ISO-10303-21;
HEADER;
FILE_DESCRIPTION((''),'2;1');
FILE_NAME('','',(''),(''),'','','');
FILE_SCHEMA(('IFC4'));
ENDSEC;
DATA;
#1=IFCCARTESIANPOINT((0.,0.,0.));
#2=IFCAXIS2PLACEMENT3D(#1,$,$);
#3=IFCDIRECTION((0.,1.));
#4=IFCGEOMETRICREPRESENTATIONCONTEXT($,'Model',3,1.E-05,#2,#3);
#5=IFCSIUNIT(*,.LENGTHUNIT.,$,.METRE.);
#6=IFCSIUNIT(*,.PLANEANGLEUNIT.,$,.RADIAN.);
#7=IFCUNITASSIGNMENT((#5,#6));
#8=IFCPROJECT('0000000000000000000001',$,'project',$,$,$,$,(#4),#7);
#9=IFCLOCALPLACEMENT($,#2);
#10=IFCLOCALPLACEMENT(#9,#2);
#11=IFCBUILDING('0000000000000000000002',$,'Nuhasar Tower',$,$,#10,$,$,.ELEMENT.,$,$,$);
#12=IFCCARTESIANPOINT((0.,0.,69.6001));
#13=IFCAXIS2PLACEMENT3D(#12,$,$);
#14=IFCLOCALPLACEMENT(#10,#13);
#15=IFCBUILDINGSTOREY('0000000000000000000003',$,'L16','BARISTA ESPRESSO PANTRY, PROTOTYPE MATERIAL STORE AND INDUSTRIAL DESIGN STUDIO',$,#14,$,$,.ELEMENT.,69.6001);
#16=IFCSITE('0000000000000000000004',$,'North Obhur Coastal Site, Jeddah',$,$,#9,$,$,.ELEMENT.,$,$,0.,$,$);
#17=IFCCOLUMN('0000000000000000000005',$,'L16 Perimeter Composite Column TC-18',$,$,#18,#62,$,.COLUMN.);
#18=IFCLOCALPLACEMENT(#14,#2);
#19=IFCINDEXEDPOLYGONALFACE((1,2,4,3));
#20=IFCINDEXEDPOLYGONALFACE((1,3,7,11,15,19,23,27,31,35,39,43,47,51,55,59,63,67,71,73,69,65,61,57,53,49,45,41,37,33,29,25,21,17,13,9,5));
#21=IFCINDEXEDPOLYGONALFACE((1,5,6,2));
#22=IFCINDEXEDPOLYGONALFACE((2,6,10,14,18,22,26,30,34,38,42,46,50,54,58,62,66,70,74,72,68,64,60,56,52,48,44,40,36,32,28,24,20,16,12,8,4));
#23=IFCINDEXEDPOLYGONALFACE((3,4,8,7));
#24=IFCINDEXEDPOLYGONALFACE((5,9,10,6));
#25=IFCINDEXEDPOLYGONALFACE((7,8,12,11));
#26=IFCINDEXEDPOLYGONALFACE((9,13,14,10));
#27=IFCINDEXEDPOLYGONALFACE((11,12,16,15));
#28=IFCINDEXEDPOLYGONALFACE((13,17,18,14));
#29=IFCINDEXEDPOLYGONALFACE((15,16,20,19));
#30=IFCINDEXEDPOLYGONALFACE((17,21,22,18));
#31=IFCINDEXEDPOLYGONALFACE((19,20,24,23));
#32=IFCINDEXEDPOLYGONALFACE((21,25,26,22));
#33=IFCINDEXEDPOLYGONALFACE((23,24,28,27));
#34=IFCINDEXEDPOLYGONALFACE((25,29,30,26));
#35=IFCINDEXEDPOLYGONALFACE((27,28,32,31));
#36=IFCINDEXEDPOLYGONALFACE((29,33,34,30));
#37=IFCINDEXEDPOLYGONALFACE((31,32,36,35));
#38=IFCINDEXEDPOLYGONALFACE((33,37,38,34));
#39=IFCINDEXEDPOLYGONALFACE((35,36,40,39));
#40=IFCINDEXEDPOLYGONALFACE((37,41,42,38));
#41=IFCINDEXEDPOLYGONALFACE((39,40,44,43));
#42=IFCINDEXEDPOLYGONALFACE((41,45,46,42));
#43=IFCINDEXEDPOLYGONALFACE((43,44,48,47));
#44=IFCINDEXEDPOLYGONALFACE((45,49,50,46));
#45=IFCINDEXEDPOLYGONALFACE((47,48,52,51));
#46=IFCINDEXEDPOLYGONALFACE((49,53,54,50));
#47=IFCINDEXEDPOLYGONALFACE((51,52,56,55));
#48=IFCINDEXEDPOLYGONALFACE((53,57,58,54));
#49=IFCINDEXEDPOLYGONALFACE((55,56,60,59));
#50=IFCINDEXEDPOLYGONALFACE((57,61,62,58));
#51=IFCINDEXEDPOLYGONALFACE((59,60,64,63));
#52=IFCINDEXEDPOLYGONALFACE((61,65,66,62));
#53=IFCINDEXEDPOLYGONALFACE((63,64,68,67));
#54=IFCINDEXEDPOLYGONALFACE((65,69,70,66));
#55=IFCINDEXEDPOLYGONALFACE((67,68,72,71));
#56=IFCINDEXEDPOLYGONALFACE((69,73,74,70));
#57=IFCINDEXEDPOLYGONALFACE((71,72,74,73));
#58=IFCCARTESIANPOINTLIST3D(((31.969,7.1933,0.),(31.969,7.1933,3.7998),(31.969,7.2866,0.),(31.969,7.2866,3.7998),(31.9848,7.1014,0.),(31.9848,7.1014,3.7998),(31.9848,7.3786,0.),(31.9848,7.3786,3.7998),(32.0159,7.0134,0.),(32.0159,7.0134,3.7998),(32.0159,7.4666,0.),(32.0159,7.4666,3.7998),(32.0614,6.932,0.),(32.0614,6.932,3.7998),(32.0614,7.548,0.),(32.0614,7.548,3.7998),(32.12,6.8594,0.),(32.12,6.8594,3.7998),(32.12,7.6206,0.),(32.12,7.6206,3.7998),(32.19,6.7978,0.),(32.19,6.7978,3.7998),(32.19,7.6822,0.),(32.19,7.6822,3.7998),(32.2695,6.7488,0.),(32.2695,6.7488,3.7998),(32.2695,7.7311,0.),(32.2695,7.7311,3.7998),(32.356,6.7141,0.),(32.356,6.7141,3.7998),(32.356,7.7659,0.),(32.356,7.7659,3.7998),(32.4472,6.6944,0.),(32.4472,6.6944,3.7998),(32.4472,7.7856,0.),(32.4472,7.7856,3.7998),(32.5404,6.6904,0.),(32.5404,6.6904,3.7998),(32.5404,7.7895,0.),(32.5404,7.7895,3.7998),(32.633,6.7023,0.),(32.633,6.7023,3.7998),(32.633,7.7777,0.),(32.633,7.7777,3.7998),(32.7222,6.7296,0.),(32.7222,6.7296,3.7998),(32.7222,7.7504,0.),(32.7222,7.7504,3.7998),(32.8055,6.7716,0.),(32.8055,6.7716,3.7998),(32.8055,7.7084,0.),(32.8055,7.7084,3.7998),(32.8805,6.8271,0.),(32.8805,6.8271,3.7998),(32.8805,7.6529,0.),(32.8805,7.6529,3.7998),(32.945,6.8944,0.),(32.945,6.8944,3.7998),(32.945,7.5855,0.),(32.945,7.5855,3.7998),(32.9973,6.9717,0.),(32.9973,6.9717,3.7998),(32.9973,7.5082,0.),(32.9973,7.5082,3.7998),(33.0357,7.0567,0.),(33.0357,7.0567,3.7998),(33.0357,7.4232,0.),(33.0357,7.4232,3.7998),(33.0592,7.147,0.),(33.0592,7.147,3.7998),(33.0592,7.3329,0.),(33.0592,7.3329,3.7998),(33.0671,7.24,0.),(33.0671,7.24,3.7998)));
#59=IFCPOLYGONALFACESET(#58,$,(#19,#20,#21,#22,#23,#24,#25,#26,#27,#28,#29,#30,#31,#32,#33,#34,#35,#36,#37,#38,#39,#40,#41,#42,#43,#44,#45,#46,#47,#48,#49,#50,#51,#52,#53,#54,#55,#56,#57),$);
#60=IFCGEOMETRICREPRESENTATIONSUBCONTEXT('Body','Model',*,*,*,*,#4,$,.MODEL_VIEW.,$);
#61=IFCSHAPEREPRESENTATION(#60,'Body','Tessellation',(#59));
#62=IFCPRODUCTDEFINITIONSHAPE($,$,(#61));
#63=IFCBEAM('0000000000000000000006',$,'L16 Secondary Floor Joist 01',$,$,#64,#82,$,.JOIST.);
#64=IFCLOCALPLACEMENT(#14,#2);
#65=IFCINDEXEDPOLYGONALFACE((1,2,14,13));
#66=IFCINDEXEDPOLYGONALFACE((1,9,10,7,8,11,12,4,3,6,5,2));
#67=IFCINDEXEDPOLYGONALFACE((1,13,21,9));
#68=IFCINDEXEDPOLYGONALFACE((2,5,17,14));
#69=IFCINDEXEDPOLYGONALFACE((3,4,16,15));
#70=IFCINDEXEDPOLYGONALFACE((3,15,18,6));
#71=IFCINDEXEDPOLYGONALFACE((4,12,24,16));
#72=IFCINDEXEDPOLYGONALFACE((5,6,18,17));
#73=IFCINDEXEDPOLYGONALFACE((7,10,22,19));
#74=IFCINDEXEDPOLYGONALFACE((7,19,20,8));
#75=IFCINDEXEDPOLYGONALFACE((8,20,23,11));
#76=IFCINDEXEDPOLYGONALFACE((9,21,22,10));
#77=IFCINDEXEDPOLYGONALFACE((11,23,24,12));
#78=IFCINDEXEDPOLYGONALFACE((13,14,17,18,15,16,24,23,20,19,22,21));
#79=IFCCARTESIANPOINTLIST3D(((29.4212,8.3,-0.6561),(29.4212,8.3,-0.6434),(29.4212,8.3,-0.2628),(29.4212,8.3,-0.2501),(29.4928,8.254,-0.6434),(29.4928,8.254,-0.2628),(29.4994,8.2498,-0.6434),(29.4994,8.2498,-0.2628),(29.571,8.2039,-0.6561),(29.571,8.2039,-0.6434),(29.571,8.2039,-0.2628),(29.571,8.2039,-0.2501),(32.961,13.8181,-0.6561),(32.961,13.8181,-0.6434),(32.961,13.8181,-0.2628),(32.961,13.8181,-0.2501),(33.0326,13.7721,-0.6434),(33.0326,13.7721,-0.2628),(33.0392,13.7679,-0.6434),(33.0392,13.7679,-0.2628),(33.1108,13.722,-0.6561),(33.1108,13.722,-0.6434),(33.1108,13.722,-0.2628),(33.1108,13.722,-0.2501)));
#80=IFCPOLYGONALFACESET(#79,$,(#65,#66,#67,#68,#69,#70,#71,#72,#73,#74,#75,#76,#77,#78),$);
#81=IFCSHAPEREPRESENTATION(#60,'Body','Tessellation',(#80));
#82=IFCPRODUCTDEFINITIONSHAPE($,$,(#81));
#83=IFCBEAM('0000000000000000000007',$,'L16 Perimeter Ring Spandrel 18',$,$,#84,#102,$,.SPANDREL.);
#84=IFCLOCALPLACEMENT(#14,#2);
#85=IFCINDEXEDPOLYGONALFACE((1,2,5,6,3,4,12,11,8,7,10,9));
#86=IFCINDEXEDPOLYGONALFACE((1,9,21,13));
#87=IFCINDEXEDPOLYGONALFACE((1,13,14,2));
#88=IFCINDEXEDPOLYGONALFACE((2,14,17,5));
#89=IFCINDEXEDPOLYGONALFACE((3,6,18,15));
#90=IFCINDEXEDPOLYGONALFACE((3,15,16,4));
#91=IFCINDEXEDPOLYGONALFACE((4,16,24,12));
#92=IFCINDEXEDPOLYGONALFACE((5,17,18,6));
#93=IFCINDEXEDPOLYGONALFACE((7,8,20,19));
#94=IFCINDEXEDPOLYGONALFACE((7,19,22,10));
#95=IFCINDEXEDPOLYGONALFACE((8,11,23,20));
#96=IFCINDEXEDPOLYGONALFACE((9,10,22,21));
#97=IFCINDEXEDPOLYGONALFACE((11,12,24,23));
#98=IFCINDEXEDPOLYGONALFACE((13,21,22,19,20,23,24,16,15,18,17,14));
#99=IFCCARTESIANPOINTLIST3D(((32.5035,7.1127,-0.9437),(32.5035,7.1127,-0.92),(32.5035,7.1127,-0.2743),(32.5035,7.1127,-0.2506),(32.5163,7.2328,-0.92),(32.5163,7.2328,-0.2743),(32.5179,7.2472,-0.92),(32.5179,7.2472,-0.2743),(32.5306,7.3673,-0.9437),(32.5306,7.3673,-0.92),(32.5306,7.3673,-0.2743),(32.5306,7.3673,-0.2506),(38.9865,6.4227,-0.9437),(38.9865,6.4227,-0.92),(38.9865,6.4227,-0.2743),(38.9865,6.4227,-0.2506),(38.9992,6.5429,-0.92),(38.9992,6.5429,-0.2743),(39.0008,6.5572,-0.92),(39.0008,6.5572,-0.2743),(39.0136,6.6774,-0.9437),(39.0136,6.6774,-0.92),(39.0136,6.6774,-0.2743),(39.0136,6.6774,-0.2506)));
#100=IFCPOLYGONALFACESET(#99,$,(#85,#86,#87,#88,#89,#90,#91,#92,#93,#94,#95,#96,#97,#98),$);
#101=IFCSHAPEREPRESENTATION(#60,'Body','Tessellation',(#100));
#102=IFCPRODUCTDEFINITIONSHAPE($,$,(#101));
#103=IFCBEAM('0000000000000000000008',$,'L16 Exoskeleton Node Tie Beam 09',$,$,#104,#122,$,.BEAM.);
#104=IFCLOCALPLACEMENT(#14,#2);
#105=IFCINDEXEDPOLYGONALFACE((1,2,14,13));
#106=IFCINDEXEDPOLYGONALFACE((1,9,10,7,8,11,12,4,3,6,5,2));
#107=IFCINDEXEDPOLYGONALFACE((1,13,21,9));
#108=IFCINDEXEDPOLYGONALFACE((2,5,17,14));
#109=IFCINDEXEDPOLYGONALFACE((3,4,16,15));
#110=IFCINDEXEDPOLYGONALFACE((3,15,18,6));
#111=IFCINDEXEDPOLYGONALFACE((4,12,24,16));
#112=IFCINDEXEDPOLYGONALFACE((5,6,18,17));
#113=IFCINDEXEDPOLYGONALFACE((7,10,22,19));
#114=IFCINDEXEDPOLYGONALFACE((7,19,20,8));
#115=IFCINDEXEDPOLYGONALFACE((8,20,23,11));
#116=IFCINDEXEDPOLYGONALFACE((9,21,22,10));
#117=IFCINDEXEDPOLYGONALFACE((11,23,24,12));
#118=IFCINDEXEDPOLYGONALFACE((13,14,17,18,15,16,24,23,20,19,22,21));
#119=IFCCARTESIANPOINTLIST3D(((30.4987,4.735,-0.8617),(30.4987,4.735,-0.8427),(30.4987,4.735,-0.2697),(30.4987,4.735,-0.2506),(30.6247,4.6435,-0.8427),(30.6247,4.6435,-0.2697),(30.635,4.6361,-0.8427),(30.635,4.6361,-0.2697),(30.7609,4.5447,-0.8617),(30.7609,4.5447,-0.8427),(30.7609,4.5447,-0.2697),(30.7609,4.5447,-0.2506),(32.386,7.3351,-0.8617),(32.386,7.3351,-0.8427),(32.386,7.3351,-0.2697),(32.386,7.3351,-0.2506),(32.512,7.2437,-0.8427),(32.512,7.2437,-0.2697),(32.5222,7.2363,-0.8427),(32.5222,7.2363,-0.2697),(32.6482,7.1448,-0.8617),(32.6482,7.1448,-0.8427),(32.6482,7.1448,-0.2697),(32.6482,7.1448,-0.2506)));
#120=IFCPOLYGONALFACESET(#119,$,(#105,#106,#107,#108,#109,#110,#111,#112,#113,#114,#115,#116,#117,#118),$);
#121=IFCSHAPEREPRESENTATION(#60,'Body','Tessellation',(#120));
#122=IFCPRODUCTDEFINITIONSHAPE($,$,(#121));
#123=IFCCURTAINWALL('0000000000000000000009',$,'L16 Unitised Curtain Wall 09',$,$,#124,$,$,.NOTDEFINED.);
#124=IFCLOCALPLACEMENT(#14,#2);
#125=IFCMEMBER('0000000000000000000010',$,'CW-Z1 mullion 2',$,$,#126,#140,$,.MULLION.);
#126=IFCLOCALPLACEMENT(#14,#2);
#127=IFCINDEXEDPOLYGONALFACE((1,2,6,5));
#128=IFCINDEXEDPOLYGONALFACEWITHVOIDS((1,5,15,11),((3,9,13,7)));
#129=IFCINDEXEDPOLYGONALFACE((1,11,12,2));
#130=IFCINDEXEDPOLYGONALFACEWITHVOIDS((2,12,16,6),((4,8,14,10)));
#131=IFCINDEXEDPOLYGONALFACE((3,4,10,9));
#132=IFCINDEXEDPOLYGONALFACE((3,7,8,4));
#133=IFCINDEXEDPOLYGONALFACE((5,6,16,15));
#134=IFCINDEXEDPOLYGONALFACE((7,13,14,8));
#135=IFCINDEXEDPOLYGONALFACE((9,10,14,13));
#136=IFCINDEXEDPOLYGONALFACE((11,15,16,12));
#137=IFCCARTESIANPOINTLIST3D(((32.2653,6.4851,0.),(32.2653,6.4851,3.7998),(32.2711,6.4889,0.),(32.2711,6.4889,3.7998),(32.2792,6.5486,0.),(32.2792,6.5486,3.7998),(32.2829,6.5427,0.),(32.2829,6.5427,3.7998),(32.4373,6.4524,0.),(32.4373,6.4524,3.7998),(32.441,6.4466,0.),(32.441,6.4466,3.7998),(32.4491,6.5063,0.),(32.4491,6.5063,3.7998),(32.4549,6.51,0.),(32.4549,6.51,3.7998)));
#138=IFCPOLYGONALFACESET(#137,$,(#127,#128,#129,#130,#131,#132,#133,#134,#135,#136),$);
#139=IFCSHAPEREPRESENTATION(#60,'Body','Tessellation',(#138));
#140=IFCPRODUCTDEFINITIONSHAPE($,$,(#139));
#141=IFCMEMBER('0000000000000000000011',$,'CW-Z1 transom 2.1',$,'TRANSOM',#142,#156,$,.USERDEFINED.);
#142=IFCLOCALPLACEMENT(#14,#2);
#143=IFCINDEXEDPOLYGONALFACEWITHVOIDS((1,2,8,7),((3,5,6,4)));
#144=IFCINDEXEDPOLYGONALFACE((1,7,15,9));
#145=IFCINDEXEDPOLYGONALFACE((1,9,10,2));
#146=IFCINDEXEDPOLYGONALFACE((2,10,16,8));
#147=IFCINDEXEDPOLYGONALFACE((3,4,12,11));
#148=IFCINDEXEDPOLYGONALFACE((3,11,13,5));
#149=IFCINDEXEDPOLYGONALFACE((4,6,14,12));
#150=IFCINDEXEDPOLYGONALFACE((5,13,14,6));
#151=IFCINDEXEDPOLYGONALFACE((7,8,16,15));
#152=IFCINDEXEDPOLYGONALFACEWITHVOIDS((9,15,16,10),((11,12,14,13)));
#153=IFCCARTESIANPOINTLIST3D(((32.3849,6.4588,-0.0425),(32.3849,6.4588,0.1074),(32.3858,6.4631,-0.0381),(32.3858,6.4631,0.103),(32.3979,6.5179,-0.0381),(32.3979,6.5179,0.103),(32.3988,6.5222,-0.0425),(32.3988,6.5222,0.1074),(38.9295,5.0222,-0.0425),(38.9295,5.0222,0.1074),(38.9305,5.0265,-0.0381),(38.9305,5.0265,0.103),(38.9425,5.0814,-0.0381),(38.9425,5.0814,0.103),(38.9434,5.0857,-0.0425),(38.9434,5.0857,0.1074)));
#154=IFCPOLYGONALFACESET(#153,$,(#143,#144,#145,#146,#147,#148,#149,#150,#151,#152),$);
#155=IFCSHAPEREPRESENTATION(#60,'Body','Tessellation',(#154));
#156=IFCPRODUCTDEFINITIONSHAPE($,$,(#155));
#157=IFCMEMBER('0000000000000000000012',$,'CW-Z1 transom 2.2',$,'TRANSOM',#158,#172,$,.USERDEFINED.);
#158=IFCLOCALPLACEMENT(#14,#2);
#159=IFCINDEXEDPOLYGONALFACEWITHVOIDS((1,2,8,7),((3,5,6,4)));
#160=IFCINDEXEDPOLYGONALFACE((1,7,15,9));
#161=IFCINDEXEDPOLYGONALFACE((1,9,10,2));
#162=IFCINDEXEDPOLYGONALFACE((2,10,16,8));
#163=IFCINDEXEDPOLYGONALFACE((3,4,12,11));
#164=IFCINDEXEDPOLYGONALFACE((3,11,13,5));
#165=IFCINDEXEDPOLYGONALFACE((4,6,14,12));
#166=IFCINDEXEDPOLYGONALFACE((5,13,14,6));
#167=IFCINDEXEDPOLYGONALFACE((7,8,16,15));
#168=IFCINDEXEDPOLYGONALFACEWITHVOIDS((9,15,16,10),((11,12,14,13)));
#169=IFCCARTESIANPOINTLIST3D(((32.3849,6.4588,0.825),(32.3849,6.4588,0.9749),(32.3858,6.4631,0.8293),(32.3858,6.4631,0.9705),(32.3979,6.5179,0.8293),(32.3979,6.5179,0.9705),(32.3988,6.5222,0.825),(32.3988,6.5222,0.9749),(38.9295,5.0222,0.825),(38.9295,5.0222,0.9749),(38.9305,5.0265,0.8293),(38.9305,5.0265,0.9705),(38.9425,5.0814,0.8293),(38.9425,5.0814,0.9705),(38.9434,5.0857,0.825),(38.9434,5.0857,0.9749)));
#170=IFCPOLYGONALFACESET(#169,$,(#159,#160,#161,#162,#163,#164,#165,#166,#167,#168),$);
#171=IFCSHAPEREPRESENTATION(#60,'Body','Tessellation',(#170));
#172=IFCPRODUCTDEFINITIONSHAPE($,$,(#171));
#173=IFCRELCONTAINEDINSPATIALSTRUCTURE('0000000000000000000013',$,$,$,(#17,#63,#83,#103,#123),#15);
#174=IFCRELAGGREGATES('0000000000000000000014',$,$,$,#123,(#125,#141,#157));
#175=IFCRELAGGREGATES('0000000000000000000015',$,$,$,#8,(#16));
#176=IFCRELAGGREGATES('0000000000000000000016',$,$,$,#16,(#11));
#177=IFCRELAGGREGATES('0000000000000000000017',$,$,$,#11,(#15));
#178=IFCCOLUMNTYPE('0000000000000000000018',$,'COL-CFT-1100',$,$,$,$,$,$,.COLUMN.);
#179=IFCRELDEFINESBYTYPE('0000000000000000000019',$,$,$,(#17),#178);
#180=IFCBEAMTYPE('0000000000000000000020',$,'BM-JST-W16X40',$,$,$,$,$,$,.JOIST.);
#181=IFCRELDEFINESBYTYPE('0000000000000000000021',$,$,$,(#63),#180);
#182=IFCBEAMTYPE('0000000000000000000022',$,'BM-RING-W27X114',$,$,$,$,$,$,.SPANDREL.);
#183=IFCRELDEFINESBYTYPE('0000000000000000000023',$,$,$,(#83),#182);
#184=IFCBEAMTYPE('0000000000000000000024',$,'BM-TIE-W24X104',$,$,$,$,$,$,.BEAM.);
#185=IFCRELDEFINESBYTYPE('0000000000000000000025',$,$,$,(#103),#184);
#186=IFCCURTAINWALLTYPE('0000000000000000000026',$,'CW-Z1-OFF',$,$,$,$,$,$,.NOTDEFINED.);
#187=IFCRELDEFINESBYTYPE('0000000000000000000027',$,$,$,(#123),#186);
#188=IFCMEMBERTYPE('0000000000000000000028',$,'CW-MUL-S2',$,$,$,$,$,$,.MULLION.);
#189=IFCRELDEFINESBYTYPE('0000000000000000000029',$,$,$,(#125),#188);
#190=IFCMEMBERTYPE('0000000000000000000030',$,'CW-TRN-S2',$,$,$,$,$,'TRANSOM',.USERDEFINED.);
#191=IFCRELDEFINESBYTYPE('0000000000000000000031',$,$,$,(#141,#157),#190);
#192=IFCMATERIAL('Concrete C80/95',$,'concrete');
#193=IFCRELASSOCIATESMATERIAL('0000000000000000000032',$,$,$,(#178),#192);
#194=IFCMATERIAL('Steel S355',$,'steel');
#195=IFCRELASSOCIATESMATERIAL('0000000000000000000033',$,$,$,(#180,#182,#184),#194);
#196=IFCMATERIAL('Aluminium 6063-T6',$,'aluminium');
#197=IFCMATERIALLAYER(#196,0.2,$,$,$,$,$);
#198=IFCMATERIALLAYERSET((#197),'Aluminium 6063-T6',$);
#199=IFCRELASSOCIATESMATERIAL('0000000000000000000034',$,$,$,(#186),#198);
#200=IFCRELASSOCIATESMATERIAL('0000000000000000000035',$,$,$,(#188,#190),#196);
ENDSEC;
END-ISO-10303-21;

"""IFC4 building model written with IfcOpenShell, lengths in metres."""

from ifc_helpers import new_model, si_unit, direction, frame, origin, origin_2d, place, context, subcontext, project, spatial, hollow_rectangle, circle, i_section, extrude, material, layer, layer_set, material_profile, profile_set, type_object, element, aggregate, save


model = new_model("IFC4")

# Units and contexts
model_context = context("Model", 3, precision=1e-05, world=origin(), true_north=direction((0.0, 1.0)))
body_context = subcontext(model_context, "Body", "Model", "MODEL_VIEW")
ifc_project = project(units=[si_unit("LENGTHUNIT", "METRE"), si_unit("PLANEANGLEUNIT", "RADIAN")], contexts=[model_context])

# Site, building, storey
site_placement = place(None, origin())
site = spatial("IfcSite", under=ifc_project, at=site_placement, Name="North Obhur Coastal Site, Jeddah", CompositionType="ELEMENT", RefElevation=0.0)
building_placement = place(site_placement, origin())
building = spatial("IfcBuilding", under=site, at=building_placement, Name="Nuhasar Tower", CompositionType="ELEMENT")
storey_placement = place(building_placement, frame((0.0, 0.0, 69.6001)))
storey = spatial("IfcBuildingStorey", under=building, at=storey_placement, Name="L16", Description="BARISTA ESPRESSO PANTRY, PROTOTYPE MATERIAL STORE AND INDUSTRIAL DESIGN STUDIO", CompositionType="ELEMENT", Elevation=69.6001)

# Column
ifc_material_1 = material(Name="Concrete C80/95", Category="concrete")
ifc_material_profile_1 = material_profile(ifc_material_1, circle(Radius=0.55, at=origin_2d()), Name="CFT1100")
ifc_profile_set_1 = profile_set([ifc_material_profile_1], Name="Concrete C80/95")
column_type = type_object("IfcColumnType", Name="COL-CFT-1100", PredefinedType="COLUMN", material=ifc_profile_set_1)
column_placement = place(storey_placement, frame((32.5171, 7.24, 0.0), z_axis=(0.0, 0.0, 1.0), x_axis=(1.0, 0.0, 0.0)))
element("IfcColumn", 1, at=column_placement, inside=storey, type_object=column_type, Name="L16 Perimeter Composite Column TC-18", PredefinedType="COLUMN", context=body_context, shape_type="SweptSolid", body=[
    extrude(circle(Radius=0.55, at=origin_2d()), origin(), (0.0, 0.0, 1.0), 3.7998),
])

# Beams
ifc_material_2 = material(Name="Steel S355", Category="steel")
ifc_material_profile_2 = material_profile(ifc_material_2, i_section(OverallWidth=0.178, OverallDepth=0.406, WebThickness=0.0078, FlangeThickness=0.0127, at=origin_2d()), Name="W16X40")
ifc_profile_set_2 = profile_set([ifc_material_profile_2], Name="Steel S355")
beam_type_1 = type_object("IfcBeamType", Name="BM-JST-W16X40", PredefinedType="JOIST", material=ifc_profile_set_2)
beam_1_placement = place(storey_placement, frame((33.0359, 13.77, -0.4531), z_axis=(-0.539944, -0.841701, 0.0), x_axis=(0.841701, -0.539944, 0.0)))
element("IfcBeam", 2, at=beam_1_placement, inside=storey, type_object=beam_type_1, Name="L16 Secondary Floor Joist 01", PredefinedType="JOIST", context=body_context, shape_type="SweptSolid", body=[
    extrude(i_section(OverallWidth=0.178, OverallDepth=0.406, WebThickness=0.0078, FlangeThickness=0.0127, at=origin_2d()), origin(), (0.0, 0.0, 1.0), 6.5559),
])
ifc_material_profile_3 = material_profile(ifc_material_2, i_section(OverallWidth=0.2561, OverallDepth=0.6931, WebThickness=0.0144, FlangeThickness=0.0237, at=origin_2d()), Name="W27X114")
ifc_profile_set_3 = profile_set([ifc_material_profile_3], Name="Steel S355")
beam_type_2 = type_object("IfcBeamType", Name="BM-RING-W27X114", PredefinedType="SPANDREL", material=ifc_profile_set_3)
beam_2_placement = place(storey_placement, frame((32.5171, 7.24, -0.5972), z_axis=(0.994385, -0.105827, 0.0), x_axis=(0.105827, 0.994385, 0.0)))
element("IfcBeam", 3, at=beam_2_placement, inside=storey, type_object=beam_type_2, Name="L16 Perimeter Ring Spandrel 18", PredefinedType="SPANDREL", context=body_context, shape_type="SweptSolid", body=[
    extrude(i_section(OverallWidth=0.2561, OverallDepth=0.6931, WebThickness=0.0144, FlangeThickness=0.0237, at=origin_2d()), origin(), (0.0, 0.0, 1.0), 6.5195),
])
ifc_material_profile_4 = material_profile(ifc_material_2, i_section(OverallWidth=0.324, OverallDepth=0.6111, WebThickness=0.0127, FlangeThickness=0.019, at=origin_2d()), Name="W24X104")
ifc_profile_set_4 = profile_set([ifc_material_profile_4], Name="Steel S355")
beam_type_3 = type_object("IfcBeamType", Name="BM-TIE-W24X104", PredefinedType="BEAM", material=ifc_profile_set_4)
beam_3_placement = place(storey_placement, frame((32.5171, 7.24, -0.5562), z_axis=(-0.587403, -0.809294, 0.0), x_axis=(0.809294, -0.587403, 0.0)))
element("IfcBeam", 4, at=beam_3_placement, inside=storey, type_object=beam_type_3, Name="L16 Exoskeleton Node Tie Beam 09", PredefinedType="BEAM", context=body_context, shape_type="SweptSolid", body=[
    extrude(i_section(OverallWidth=0.324, OverallDepth=0.6111, WebThickness=0.0127, FlangeThickness=0.019, at=origin_2d()), origin(), (0.0, 0.0, 1.0), 3.2129),
])

# Curtain wall, members
ifc_material_3 = material(Name="Aluminium 6063-T6", Category="aluminium")
ifc_layer_1 = layer(ifc_material_3, 0.2)
ifc_layer_set_1 = layer_set([ifc_layer_1], Name="Aluminium 6063-T6")
curtain_wall_type = type_object("IfcCurtainWallType", Name="CW-Z1-OFF", PredefinedType="NOTDEFINED", material=ifc_layer_set_1)
curtain_wall_placement = place(storey_placement, origin())
curtain_wall = element("IfcCurtainWall", 5, at=curtain_wall_placement, inside=storey, type_object=curtain_wall_type, Name="L16 Unitised Curtain Wall 09", PredefinedType="NOTDEFINED")
ifc_material_profile_5 = material_profile(ifc_material_3, hollow_rectangle(XDim=0.0649, YDim=0.1799, WallThickness=0.0049, at=origin_2d()), Name="CWM-2")
ifc_profile_set_5 = profile_set([ifc_material_profile_5], Name="Aluminium 6063-T6")
member_type_1 = type_object("IfcMemberType", Name="CW-MUL-S2", PredefinedType="MULLION", material=ifc_profile_set_5)
member_1_placement = place(storey_placement, frame((32.3601, 6.4976, 0.0), z_axis=(0.0, 0.0, 1.0), x_axis=(0.214399, 0.976746, 0.0)))
member_1 = element("IfcMember", 6, at=member_1_placement, type_object=member_type_1, Name="CW-Z1 mullion 2", PredefinedType="MULLION", context=body_context, shape_type="SweptSolid", body=[
    extrude(hollow_rectangle(XDim=0.0649, YDim=0.1799, WallThickness=0.0049, at=origin_2d()), origin(), (0.0, 0.0, 1.0), 3.7998),
])
ifc_material_profile_6 = material_profile(ifc_material_3, hollow_rectangle(XDim=0.0649, YDim=0.1499, WallThickness=0.0044, at=origin_2d()), Name="CWT-2")
ifc_profile_set_6 = profile_set([ifc_material_profile_6], Name="Aluminium 6063-T6")
member_type_2 = type_object("IfcMemberType", Name="CW-TRN-S2", ElementType="TRANSOM", PredefinedType="USERDEFINED", material=ifc_profile_set_6)
member_2_placement = place(storey_placement, frame((32.3918, 6.4905, 0.0325), z_axis=(0.976748, -0.214391, 0.0), x_axis=(0.214391, 0.976748, 0.0)))
member_2 = element("IfcMember", 7, at=member_2_placement, type_object=member_type_2, Name="CW-Z1 transom 2.1", ObjectType="TRANSOM", PredefinedType="USERDEFINED", context=body_context, shape_type="SweptSolid", body=[
    extrude(hollow_rectangle(XDim=0.0649, YDim=0.1499, WallThickness=0.0044, at=origin_2d()), origin(), (0.0, 0.0, 1.0), 6.7004),
])
member_3_placement = place(storey_placement, frame((32.3918, 6.4905, 0.8999), z_axis=(0.976748, -0.214391, 0.0), x_axis=(0.214391, 0.976748, 0.0)))
member_3 = element("IfcMember", 8, at=member_3_placement, type_object=member_type_2, Name="CW-Z1 transom 2.2", ObjectType="TRANSOM", PredefinedType="USERDEFINED", context=body_context, shape_type="SweptSolid", body=[
    extrude(hollow_rectangle(XDim=0.0649, YDim=0.1499, WallThickness=0.0044, at=origin_2d()), origin(), (0.0, 0.0, 1.0), 6.7004),
])

aggregate(curtain_wall, [member_1, member_2, member_3])

save(model, "model.ifc")
